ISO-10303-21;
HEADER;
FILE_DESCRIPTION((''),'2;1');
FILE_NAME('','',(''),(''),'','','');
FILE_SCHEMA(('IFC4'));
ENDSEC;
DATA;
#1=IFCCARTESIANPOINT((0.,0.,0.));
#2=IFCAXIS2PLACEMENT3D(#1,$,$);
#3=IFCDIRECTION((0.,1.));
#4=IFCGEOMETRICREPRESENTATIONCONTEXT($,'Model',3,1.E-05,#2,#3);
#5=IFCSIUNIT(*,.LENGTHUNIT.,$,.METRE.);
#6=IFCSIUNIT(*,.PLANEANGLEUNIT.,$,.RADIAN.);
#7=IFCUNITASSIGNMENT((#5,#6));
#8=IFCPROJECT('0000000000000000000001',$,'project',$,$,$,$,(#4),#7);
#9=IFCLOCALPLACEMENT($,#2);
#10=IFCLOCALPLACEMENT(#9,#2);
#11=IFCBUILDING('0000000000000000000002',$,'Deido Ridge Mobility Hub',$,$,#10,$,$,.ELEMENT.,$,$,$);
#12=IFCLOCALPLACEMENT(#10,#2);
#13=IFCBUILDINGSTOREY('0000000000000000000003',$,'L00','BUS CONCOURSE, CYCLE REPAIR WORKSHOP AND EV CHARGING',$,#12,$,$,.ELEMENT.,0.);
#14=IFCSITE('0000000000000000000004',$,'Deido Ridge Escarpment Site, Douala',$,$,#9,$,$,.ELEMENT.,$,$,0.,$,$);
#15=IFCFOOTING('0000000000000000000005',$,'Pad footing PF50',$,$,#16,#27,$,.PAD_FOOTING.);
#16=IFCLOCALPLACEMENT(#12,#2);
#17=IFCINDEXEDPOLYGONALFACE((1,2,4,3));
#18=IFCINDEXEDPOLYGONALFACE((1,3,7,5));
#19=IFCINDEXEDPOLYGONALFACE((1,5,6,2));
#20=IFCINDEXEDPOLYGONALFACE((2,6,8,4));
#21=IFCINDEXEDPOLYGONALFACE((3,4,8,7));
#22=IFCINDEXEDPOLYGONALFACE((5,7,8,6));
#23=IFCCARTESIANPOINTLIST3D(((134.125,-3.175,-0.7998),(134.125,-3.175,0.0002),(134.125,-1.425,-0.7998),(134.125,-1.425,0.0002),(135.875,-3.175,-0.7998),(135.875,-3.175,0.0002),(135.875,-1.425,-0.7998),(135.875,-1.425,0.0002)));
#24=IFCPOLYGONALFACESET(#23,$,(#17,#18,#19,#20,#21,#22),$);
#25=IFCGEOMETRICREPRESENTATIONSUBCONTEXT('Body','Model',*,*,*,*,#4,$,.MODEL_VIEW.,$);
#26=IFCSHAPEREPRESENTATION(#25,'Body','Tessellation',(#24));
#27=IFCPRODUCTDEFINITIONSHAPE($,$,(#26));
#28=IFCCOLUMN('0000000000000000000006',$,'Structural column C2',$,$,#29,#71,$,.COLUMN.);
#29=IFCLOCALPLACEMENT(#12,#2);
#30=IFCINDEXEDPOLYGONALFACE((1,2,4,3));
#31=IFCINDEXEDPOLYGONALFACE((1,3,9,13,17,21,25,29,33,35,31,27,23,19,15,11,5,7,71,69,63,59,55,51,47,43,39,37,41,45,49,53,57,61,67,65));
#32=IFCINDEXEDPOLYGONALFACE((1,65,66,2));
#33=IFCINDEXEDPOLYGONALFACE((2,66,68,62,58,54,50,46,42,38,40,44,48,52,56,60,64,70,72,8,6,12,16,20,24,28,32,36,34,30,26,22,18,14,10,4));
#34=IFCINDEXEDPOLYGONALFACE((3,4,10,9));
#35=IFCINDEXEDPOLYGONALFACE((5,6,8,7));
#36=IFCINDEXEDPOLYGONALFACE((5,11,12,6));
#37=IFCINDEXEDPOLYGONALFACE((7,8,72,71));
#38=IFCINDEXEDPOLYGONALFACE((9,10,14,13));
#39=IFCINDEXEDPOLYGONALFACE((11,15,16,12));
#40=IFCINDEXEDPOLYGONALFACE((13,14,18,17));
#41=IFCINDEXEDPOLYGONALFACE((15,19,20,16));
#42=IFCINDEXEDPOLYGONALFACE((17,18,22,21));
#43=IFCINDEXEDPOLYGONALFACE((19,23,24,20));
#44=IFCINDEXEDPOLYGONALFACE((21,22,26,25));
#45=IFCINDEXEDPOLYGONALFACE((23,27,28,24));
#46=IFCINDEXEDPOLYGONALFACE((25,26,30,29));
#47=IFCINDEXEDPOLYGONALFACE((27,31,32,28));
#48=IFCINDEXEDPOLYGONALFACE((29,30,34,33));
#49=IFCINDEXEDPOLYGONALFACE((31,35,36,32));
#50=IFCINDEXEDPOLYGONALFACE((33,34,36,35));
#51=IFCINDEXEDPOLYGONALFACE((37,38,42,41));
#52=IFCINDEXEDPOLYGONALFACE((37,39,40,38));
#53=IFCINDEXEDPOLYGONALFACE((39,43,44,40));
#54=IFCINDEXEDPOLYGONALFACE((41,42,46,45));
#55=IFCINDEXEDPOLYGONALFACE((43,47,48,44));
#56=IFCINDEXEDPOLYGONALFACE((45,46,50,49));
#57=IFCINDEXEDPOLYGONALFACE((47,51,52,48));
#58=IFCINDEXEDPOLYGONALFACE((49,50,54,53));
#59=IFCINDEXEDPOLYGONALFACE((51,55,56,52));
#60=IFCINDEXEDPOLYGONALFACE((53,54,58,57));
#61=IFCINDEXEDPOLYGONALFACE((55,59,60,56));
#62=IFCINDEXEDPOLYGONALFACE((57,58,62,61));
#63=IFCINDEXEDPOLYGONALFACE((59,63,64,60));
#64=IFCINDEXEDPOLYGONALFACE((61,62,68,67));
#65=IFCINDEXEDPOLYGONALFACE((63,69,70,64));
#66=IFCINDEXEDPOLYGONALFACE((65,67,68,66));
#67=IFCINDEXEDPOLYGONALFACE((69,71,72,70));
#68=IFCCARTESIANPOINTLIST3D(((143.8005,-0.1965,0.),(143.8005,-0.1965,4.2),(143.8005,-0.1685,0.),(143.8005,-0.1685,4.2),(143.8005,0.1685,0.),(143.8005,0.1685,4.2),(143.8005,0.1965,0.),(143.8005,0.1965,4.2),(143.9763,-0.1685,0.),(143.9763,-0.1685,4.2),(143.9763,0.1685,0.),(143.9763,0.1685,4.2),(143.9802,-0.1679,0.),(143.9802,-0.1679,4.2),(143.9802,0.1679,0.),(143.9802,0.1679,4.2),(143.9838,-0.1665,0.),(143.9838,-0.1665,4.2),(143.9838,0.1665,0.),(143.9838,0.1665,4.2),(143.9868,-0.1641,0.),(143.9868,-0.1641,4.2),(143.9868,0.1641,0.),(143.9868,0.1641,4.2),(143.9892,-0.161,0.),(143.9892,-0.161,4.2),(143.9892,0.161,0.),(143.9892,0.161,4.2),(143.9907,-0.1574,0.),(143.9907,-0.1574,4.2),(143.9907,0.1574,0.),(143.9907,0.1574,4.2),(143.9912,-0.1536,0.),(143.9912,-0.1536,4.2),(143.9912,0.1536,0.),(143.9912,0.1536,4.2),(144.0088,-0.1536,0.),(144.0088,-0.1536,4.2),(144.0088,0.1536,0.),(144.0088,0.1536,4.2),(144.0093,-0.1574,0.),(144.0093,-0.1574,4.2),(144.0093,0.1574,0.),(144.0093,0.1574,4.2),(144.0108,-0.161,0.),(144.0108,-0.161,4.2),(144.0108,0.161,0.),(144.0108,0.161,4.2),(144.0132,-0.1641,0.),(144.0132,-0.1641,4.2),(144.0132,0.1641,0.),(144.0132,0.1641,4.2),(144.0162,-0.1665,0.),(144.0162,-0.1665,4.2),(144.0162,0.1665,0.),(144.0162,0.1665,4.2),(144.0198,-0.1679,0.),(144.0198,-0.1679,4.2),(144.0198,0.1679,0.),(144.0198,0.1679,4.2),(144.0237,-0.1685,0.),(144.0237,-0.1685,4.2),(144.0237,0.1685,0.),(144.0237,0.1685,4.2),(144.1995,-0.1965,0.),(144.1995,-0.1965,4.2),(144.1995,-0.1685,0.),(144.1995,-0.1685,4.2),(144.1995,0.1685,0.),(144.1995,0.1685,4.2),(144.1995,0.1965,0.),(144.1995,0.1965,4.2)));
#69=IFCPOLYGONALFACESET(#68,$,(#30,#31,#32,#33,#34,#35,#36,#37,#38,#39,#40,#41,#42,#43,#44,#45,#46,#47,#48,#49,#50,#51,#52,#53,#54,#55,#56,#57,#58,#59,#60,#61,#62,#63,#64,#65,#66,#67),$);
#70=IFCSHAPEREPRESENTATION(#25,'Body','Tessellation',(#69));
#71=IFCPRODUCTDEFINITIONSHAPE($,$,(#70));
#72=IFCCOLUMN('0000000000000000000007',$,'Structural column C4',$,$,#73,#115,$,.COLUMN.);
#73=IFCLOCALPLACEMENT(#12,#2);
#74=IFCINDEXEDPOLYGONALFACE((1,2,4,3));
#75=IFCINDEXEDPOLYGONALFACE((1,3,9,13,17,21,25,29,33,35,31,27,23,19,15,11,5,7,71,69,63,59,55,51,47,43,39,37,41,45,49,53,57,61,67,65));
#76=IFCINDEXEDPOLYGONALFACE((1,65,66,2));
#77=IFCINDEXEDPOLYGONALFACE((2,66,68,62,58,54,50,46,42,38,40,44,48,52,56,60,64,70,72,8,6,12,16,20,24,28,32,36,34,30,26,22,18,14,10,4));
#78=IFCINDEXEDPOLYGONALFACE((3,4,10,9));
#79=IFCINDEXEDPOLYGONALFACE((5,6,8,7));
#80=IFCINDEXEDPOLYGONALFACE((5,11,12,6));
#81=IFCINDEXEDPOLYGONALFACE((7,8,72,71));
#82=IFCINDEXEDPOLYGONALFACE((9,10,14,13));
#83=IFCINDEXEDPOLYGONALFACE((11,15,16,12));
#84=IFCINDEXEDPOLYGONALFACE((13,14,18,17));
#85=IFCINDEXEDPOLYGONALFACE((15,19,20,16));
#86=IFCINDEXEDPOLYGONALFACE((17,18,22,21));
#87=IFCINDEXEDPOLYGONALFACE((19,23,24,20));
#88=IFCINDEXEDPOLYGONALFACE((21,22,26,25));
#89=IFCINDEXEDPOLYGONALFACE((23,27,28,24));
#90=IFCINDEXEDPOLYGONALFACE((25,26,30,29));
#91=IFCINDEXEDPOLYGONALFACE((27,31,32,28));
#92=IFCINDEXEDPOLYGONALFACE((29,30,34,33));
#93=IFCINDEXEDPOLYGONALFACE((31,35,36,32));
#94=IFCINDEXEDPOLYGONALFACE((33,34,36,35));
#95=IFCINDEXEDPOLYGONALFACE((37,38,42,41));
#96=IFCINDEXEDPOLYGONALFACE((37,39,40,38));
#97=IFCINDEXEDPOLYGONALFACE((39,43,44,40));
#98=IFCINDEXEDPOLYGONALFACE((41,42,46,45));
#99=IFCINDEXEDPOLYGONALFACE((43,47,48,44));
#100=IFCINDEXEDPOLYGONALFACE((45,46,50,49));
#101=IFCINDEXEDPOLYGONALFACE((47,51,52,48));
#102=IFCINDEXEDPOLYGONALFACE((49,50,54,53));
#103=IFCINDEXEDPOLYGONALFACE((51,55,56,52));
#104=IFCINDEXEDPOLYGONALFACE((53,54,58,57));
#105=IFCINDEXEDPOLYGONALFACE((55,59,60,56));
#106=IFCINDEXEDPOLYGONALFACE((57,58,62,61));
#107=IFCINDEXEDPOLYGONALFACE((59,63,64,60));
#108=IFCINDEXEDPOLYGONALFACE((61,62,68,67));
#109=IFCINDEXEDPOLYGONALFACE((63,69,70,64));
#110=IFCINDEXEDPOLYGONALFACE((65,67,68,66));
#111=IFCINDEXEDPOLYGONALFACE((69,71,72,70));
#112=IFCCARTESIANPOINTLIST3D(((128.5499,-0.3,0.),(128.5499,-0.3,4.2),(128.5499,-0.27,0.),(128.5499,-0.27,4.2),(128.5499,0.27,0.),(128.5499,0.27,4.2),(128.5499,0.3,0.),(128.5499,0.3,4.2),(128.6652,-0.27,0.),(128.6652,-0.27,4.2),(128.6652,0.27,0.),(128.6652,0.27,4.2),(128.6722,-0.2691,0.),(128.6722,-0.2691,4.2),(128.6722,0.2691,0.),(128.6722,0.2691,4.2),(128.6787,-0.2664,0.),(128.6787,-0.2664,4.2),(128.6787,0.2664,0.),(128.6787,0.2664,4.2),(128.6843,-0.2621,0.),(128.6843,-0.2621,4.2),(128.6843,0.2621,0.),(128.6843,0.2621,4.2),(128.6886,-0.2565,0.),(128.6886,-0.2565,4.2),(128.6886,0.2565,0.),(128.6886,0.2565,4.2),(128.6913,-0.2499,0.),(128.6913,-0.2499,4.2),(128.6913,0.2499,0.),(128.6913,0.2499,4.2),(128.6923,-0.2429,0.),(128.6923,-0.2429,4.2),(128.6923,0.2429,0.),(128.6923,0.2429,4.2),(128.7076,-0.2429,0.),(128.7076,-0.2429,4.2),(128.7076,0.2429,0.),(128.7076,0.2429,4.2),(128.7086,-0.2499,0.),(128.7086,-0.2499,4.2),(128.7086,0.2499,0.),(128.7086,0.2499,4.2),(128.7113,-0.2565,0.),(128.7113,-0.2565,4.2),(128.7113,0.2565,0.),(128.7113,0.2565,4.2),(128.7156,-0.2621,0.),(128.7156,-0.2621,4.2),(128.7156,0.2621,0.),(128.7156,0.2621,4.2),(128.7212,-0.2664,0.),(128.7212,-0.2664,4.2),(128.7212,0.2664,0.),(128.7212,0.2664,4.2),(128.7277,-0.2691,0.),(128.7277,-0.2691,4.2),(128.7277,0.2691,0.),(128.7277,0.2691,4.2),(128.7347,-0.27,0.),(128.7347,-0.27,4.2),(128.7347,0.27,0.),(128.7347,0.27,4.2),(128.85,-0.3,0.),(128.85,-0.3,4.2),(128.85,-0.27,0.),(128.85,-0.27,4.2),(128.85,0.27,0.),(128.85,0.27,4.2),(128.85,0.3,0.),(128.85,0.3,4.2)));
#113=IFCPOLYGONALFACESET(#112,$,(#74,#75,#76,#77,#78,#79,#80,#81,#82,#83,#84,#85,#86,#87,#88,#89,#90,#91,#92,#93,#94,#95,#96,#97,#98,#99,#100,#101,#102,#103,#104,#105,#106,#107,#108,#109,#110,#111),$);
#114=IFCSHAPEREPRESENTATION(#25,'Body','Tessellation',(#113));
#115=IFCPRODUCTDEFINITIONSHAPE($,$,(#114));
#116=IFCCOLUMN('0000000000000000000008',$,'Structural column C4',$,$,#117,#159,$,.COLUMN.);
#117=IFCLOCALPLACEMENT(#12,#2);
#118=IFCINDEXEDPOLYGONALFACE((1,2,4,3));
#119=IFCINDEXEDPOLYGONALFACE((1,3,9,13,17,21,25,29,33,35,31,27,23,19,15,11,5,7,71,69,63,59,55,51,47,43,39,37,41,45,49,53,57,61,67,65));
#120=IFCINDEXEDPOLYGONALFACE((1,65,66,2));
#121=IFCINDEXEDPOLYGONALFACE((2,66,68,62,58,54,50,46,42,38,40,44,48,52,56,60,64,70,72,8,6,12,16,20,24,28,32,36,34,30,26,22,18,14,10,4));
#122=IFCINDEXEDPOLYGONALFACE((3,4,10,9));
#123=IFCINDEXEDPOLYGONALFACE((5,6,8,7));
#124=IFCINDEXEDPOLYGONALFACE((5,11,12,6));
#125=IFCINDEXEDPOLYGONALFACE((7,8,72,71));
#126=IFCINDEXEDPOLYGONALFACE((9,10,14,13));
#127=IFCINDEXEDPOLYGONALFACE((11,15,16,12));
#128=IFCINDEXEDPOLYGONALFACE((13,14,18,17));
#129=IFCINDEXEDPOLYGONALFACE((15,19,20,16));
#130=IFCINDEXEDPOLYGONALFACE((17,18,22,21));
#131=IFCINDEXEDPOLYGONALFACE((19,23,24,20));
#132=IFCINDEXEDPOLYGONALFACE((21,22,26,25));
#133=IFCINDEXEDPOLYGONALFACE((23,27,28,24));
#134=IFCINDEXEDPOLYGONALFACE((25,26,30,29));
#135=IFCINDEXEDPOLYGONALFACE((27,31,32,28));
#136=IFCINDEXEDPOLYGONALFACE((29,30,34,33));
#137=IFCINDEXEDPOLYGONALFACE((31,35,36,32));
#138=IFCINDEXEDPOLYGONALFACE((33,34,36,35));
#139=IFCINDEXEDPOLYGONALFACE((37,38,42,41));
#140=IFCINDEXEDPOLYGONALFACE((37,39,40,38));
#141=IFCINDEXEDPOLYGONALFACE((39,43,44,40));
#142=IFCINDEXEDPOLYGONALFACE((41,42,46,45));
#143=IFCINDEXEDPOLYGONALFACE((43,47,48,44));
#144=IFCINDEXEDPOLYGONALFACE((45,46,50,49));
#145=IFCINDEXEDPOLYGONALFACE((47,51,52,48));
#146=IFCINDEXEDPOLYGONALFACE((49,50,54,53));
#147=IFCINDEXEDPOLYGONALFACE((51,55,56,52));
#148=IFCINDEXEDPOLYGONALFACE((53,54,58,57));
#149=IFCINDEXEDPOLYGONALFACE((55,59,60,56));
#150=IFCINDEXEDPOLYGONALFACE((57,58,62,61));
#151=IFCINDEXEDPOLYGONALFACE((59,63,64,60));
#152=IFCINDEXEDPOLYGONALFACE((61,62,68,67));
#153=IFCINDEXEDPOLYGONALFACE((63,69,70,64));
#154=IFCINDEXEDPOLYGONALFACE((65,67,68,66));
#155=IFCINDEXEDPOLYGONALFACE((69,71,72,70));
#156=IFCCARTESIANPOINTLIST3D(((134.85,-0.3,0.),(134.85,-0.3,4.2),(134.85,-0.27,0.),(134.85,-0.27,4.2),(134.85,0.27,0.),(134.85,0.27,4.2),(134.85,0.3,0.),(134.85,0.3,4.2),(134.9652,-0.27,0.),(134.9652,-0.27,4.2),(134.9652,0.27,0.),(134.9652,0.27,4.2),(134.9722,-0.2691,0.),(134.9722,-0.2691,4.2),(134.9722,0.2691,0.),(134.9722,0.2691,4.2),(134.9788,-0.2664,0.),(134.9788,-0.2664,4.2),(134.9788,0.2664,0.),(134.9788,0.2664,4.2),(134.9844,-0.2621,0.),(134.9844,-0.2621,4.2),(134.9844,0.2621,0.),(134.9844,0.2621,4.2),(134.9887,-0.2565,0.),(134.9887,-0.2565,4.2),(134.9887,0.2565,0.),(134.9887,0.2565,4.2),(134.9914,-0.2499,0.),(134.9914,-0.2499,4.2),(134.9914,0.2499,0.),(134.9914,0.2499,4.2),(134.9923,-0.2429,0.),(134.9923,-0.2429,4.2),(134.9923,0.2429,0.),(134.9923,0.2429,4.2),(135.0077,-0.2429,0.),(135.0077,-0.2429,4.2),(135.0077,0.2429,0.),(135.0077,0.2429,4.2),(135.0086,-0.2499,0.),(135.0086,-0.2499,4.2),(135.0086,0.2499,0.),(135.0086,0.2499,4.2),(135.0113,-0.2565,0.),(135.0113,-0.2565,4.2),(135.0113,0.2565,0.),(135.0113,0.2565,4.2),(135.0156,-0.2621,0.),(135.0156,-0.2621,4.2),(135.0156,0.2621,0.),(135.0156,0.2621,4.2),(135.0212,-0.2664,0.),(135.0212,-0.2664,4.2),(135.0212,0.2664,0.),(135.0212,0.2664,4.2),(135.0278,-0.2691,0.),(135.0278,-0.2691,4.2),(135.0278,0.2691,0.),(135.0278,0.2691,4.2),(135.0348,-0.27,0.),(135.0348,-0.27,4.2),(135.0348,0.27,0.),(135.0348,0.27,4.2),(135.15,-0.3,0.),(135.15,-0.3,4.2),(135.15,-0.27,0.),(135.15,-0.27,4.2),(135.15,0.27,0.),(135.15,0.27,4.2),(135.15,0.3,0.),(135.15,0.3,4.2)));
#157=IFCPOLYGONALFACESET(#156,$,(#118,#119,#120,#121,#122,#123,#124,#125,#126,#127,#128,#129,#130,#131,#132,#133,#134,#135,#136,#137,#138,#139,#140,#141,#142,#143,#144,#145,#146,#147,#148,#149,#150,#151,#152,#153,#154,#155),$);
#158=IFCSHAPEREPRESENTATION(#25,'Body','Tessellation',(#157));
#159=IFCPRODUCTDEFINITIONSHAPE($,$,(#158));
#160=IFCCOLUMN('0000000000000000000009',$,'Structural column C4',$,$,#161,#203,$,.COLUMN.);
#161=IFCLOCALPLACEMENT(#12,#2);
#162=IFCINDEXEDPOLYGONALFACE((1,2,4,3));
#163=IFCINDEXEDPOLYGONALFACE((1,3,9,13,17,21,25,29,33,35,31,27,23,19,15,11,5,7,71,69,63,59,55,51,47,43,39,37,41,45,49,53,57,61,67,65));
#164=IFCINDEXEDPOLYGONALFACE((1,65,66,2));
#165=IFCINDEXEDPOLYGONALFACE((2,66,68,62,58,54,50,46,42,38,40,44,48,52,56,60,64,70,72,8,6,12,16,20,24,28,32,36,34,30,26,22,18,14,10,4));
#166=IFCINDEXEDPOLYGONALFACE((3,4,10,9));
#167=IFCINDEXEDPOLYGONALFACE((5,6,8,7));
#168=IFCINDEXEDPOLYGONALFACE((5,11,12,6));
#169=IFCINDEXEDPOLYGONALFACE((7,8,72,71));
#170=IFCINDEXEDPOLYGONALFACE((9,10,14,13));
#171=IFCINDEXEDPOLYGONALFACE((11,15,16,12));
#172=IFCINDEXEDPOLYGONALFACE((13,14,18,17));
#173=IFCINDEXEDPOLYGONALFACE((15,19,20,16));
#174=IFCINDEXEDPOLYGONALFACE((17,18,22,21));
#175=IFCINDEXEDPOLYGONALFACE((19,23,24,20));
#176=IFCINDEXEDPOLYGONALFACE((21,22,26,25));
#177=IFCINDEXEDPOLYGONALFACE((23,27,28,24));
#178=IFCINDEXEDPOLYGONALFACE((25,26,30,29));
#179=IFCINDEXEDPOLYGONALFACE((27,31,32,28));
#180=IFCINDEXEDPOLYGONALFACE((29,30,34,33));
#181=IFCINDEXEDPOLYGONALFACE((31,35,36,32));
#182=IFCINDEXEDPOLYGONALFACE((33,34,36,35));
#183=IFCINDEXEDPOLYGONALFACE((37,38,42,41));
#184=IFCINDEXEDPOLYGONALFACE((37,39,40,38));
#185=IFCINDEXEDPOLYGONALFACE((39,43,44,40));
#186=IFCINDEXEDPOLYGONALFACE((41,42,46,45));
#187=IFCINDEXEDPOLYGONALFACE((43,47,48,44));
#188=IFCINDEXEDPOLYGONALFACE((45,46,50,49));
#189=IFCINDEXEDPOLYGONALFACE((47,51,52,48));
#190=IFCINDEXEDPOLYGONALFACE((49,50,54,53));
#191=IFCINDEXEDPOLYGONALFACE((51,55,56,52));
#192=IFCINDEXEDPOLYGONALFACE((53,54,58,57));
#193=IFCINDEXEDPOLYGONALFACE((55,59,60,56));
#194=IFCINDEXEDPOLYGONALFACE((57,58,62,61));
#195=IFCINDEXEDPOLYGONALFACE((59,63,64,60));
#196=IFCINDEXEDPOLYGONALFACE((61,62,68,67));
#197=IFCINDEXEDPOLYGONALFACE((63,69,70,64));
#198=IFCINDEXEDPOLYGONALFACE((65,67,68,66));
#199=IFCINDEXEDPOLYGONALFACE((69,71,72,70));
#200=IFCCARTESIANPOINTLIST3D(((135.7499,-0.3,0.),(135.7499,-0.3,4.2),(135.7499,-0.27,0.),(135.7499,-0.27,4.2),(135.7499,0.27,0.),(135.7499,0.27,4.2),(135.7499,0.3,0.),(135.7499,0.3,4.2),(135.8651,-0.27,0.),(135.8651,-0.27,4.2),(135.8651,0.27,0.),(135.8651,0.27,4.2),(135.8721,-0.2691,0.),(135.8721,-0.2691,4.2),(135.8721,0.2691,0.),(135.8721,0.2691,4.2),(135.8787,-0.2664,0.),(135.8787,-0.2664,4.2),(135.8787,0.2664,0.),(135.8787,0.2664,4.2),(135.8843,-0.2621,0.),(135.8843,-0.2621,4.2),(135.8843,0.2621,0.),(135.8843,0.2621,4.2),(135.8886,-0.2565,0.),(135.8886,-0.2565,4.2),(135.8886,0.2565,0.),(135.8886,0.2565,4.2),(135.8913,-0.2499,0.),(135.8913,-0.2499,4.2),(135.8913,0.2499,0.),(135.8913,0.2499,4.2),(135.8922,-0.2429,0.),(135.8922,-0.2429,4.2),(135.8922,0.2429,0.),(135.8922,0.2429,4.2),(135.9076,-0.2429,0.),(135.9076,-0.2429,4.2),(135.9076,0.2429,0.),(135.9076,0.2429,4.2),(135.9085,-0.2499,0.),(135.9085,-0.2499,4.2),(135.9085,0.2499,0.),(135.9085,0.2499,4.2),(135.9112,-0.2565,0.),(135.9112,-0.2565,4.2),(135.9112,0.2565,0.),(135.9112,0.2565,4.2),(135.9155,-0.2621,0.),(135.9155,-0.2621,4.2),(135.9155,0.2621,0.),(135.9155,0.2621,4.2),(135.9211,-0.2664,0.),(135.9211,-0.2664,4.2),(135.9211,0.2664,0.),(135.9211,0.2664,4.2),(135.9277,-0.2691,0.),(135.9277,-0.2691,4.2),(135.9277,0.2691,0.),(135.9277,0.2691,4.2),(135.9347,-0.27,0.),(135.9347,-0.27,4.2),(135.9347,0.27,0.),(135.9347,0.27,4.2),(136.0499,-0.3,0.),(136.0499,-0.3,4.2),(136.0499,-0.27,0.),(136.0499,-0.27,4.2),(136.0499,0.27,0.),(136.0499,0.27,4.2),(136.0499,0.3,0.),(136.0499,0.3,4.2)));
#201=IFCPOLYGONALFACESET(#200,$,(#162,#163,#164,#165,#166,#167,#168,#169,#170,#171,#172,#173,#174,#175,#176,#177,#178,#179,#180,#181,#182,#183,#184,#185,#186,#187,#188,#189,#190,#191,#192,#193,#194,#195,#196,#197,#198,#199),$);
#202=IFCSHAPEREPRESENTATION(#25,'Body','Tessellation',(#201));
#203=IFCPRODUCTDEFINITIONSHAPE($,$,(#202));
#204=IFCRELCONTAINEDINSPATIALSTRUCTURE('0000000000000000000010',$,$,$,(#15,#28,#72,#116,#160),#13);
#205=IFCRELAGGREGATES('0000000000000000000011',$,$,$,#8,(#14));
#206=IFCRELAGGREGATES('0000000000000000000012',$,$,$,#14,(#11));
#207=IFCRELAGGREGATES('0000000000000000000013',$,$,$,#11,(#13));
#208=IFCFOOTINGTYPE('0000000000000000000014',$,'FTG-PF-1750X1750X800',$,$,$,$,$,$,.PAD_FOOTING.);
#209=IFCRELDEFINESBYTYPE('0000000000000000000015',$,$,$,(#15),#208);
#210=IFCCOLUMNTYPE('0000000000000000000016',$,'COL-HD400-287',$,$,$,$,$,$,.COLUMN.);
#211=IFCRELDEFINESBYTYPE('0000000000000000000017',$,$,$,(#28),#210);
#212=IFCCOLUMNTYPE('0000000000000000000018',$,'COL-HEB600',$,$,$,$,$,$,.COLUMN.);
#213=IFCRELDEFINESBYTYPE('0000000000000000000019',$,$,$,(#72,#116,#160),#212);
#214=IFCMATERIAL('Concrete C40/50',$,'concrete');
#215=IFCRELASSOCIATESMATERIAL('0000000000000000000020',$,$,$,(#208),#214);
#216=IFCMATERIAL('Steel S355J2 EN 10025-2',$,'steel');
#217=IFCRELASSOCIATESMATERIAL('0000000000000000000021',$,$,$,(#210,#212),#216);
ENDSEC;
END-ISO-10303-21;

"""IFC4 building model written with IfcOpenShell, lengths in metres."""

from ifc_helpers import new_model, si_unit, direction, frame, origin, origin_2d, place, context, subcontext, project, spatial, rectangle, i_section, extrude, material, material_profile, profile_set, type_object, element, save


model = new_model("IFC4")

# Units and contexts
model_context = context("Model", 3, precision=1e-05, world=origin(), true_north=direction((0.0, 1.0)))
body_context = subcontext(model_context, "Body", "Model", "MODEL_VIEW")
ifc_project = project(units=[si_unit("LENGTHUNIT", "METRE"), si_unit("PLANEANGLEUNIT", "RADIAN")], contexts=[model_context])

# Site, building, storey
site_placement = place(None, origin())
site = spatial("IfcSite", under=ifc_project, at=site_placement, Name="Deido Ridge Escarpment Site, Douala", CompositionType="ELEMENT", RefElevation=0.0)
building_placement = place(site_placement, origin())
building = spatial("IfcBuilding", under=site, at=building_placement, Name="Deido Ridge Mobility Hub", CompositionType="ELEMENT")
storey_placement = place(building_placement, origin())
storey = spatial("IfcBuildingStorey", under=building, at=storey_placement, Name="L00", Description="BUS CONCOURSE, CYCLE REPAIR WORKSHOP AND EV CHARGING", CompositionType="ELEMENT", Elevation=0.0)

# Footing
ifc_material_1 = material(Name="Concrete C40/50", Category="concrete")
footing_type = type_object("IfcFootingType", Name="FTG-PF-1750X1750X800", PredefinedType="PAD_FOOTING", material=ifc_material_1)
footing_placement = place(storey_placement, frame((135.0, -2.3, -0.7998), z_axis=(0.0, 0.0, 1.0), x_axis=(1.0, 0.0, 0.0)))
element("IfcFooting", 1, at=footing_placement, inside=storey, type_object=footing_type, Name="Pad footing PF50", PredefinedType="PAD_FOOTING", context=body_context, shape_type="SweptSolid", body=[
    extrude(rectangle(XDim=1.75, YDim=1.75, at=origin_2d()), origin(), (0.0, 0.0, 1.0), 0.8),
])

# Columns
ifc_material_2 = material(Name="Steel S355J2 EN 10025-2", Category="steel")
ifc_material_profile_1 = material_profile(ifc_material_2, i_section(OverallWidth=0.3989, OverallDepth=0.3931, WebThickness=0.0176, FlangeThickness=0.0281, FilletRadius=0.0149, at=origin_2d()), Name="HD 400x287")
ifc_profile_set_1 = profile_set([ifc_material_profile_1], Name="Steel S355J2 EN 10025-2")
column_type_1 = type_object("IfcColumnType", Name="COL-HD400-287", PredefinedType="COLUMN", material=ifc_profile_set_1)
column_placement = place(storey_placement, frame((144.0, 0.0, 0.0), z_axis=(0.0, 0.0, 1.0), x_axis=(1.0, 0.0, 0.0)))
element("IfcColumn", 2, at=column_placement, inside=storey, type_object=column_type_1, Name="Structural column C2", PredefinedType="COLUMN", context=body_context, shape_type="SweptSolid", body=[
    extrude(i_section(OverallWidth=0.3989, OverallDepth=0.3931, WebThickness=0.0176, FlangeThickness=0.0281, FilletRadius=0.0149, at=origin_2d()), origin(), (0.0, 0.0, 1.0), 4.2),
])
ifc_material_profile_2 = material_profile(ifc_material_2, i_section(OverallWidth=0.3, OverallDepth=0.6001, WebThickness=0.0154, FlangeThickness=0.03, FilletRadius=0.0271, at=origin_2d()), Name="HEB 600")
ifc_profile_set_2 = profile_set([ifc_material_profile_2], Name="Steel S355J2 EN 10025-2")
column_type_2 = type_object("IfcColumnType", Name="COL-HEB600", PredefinedType="COLUMN", material=ifc_profile_set_2)
for number, where, z_axis, x_axis, name in (
    (3, (128.7, 0.0, 0.0), (0.0, 0.0, 1.0), (1.0, 0.0, 0.0), "Structural column C4"),
    (4, (135.0, 0.0, 0.0), (0.0, 0.0, 1.0), (1.0, 0.0, 0.0), "Structural column C4"),
    (5, (135.8999, 0.0, 0.0), (0.0, 0.0, 1.0), (1.0, 0.0, 0.0), "Structural column C4"),
):
    element("IfcColumn", number, at=place(storey_placement, frame(where, z_axis=z_axis, x_axis=x_axis)), inside=storey, type_object=column_type_2, Name=name, PredefinedType="COLUMN", context=body_context, shape_type="SweptSolid", body=[
        extrude(i_section(OverallWidth=0.3, OverallDepth=0.6001, WebThickness=0.0154, FlangeThickness=0.03, FilletRadius=0.0271, at=origin_2d()), origin(), (0.0, 0.0, 1.0), 4.2),
    ])

save(model, "model.ifc")
